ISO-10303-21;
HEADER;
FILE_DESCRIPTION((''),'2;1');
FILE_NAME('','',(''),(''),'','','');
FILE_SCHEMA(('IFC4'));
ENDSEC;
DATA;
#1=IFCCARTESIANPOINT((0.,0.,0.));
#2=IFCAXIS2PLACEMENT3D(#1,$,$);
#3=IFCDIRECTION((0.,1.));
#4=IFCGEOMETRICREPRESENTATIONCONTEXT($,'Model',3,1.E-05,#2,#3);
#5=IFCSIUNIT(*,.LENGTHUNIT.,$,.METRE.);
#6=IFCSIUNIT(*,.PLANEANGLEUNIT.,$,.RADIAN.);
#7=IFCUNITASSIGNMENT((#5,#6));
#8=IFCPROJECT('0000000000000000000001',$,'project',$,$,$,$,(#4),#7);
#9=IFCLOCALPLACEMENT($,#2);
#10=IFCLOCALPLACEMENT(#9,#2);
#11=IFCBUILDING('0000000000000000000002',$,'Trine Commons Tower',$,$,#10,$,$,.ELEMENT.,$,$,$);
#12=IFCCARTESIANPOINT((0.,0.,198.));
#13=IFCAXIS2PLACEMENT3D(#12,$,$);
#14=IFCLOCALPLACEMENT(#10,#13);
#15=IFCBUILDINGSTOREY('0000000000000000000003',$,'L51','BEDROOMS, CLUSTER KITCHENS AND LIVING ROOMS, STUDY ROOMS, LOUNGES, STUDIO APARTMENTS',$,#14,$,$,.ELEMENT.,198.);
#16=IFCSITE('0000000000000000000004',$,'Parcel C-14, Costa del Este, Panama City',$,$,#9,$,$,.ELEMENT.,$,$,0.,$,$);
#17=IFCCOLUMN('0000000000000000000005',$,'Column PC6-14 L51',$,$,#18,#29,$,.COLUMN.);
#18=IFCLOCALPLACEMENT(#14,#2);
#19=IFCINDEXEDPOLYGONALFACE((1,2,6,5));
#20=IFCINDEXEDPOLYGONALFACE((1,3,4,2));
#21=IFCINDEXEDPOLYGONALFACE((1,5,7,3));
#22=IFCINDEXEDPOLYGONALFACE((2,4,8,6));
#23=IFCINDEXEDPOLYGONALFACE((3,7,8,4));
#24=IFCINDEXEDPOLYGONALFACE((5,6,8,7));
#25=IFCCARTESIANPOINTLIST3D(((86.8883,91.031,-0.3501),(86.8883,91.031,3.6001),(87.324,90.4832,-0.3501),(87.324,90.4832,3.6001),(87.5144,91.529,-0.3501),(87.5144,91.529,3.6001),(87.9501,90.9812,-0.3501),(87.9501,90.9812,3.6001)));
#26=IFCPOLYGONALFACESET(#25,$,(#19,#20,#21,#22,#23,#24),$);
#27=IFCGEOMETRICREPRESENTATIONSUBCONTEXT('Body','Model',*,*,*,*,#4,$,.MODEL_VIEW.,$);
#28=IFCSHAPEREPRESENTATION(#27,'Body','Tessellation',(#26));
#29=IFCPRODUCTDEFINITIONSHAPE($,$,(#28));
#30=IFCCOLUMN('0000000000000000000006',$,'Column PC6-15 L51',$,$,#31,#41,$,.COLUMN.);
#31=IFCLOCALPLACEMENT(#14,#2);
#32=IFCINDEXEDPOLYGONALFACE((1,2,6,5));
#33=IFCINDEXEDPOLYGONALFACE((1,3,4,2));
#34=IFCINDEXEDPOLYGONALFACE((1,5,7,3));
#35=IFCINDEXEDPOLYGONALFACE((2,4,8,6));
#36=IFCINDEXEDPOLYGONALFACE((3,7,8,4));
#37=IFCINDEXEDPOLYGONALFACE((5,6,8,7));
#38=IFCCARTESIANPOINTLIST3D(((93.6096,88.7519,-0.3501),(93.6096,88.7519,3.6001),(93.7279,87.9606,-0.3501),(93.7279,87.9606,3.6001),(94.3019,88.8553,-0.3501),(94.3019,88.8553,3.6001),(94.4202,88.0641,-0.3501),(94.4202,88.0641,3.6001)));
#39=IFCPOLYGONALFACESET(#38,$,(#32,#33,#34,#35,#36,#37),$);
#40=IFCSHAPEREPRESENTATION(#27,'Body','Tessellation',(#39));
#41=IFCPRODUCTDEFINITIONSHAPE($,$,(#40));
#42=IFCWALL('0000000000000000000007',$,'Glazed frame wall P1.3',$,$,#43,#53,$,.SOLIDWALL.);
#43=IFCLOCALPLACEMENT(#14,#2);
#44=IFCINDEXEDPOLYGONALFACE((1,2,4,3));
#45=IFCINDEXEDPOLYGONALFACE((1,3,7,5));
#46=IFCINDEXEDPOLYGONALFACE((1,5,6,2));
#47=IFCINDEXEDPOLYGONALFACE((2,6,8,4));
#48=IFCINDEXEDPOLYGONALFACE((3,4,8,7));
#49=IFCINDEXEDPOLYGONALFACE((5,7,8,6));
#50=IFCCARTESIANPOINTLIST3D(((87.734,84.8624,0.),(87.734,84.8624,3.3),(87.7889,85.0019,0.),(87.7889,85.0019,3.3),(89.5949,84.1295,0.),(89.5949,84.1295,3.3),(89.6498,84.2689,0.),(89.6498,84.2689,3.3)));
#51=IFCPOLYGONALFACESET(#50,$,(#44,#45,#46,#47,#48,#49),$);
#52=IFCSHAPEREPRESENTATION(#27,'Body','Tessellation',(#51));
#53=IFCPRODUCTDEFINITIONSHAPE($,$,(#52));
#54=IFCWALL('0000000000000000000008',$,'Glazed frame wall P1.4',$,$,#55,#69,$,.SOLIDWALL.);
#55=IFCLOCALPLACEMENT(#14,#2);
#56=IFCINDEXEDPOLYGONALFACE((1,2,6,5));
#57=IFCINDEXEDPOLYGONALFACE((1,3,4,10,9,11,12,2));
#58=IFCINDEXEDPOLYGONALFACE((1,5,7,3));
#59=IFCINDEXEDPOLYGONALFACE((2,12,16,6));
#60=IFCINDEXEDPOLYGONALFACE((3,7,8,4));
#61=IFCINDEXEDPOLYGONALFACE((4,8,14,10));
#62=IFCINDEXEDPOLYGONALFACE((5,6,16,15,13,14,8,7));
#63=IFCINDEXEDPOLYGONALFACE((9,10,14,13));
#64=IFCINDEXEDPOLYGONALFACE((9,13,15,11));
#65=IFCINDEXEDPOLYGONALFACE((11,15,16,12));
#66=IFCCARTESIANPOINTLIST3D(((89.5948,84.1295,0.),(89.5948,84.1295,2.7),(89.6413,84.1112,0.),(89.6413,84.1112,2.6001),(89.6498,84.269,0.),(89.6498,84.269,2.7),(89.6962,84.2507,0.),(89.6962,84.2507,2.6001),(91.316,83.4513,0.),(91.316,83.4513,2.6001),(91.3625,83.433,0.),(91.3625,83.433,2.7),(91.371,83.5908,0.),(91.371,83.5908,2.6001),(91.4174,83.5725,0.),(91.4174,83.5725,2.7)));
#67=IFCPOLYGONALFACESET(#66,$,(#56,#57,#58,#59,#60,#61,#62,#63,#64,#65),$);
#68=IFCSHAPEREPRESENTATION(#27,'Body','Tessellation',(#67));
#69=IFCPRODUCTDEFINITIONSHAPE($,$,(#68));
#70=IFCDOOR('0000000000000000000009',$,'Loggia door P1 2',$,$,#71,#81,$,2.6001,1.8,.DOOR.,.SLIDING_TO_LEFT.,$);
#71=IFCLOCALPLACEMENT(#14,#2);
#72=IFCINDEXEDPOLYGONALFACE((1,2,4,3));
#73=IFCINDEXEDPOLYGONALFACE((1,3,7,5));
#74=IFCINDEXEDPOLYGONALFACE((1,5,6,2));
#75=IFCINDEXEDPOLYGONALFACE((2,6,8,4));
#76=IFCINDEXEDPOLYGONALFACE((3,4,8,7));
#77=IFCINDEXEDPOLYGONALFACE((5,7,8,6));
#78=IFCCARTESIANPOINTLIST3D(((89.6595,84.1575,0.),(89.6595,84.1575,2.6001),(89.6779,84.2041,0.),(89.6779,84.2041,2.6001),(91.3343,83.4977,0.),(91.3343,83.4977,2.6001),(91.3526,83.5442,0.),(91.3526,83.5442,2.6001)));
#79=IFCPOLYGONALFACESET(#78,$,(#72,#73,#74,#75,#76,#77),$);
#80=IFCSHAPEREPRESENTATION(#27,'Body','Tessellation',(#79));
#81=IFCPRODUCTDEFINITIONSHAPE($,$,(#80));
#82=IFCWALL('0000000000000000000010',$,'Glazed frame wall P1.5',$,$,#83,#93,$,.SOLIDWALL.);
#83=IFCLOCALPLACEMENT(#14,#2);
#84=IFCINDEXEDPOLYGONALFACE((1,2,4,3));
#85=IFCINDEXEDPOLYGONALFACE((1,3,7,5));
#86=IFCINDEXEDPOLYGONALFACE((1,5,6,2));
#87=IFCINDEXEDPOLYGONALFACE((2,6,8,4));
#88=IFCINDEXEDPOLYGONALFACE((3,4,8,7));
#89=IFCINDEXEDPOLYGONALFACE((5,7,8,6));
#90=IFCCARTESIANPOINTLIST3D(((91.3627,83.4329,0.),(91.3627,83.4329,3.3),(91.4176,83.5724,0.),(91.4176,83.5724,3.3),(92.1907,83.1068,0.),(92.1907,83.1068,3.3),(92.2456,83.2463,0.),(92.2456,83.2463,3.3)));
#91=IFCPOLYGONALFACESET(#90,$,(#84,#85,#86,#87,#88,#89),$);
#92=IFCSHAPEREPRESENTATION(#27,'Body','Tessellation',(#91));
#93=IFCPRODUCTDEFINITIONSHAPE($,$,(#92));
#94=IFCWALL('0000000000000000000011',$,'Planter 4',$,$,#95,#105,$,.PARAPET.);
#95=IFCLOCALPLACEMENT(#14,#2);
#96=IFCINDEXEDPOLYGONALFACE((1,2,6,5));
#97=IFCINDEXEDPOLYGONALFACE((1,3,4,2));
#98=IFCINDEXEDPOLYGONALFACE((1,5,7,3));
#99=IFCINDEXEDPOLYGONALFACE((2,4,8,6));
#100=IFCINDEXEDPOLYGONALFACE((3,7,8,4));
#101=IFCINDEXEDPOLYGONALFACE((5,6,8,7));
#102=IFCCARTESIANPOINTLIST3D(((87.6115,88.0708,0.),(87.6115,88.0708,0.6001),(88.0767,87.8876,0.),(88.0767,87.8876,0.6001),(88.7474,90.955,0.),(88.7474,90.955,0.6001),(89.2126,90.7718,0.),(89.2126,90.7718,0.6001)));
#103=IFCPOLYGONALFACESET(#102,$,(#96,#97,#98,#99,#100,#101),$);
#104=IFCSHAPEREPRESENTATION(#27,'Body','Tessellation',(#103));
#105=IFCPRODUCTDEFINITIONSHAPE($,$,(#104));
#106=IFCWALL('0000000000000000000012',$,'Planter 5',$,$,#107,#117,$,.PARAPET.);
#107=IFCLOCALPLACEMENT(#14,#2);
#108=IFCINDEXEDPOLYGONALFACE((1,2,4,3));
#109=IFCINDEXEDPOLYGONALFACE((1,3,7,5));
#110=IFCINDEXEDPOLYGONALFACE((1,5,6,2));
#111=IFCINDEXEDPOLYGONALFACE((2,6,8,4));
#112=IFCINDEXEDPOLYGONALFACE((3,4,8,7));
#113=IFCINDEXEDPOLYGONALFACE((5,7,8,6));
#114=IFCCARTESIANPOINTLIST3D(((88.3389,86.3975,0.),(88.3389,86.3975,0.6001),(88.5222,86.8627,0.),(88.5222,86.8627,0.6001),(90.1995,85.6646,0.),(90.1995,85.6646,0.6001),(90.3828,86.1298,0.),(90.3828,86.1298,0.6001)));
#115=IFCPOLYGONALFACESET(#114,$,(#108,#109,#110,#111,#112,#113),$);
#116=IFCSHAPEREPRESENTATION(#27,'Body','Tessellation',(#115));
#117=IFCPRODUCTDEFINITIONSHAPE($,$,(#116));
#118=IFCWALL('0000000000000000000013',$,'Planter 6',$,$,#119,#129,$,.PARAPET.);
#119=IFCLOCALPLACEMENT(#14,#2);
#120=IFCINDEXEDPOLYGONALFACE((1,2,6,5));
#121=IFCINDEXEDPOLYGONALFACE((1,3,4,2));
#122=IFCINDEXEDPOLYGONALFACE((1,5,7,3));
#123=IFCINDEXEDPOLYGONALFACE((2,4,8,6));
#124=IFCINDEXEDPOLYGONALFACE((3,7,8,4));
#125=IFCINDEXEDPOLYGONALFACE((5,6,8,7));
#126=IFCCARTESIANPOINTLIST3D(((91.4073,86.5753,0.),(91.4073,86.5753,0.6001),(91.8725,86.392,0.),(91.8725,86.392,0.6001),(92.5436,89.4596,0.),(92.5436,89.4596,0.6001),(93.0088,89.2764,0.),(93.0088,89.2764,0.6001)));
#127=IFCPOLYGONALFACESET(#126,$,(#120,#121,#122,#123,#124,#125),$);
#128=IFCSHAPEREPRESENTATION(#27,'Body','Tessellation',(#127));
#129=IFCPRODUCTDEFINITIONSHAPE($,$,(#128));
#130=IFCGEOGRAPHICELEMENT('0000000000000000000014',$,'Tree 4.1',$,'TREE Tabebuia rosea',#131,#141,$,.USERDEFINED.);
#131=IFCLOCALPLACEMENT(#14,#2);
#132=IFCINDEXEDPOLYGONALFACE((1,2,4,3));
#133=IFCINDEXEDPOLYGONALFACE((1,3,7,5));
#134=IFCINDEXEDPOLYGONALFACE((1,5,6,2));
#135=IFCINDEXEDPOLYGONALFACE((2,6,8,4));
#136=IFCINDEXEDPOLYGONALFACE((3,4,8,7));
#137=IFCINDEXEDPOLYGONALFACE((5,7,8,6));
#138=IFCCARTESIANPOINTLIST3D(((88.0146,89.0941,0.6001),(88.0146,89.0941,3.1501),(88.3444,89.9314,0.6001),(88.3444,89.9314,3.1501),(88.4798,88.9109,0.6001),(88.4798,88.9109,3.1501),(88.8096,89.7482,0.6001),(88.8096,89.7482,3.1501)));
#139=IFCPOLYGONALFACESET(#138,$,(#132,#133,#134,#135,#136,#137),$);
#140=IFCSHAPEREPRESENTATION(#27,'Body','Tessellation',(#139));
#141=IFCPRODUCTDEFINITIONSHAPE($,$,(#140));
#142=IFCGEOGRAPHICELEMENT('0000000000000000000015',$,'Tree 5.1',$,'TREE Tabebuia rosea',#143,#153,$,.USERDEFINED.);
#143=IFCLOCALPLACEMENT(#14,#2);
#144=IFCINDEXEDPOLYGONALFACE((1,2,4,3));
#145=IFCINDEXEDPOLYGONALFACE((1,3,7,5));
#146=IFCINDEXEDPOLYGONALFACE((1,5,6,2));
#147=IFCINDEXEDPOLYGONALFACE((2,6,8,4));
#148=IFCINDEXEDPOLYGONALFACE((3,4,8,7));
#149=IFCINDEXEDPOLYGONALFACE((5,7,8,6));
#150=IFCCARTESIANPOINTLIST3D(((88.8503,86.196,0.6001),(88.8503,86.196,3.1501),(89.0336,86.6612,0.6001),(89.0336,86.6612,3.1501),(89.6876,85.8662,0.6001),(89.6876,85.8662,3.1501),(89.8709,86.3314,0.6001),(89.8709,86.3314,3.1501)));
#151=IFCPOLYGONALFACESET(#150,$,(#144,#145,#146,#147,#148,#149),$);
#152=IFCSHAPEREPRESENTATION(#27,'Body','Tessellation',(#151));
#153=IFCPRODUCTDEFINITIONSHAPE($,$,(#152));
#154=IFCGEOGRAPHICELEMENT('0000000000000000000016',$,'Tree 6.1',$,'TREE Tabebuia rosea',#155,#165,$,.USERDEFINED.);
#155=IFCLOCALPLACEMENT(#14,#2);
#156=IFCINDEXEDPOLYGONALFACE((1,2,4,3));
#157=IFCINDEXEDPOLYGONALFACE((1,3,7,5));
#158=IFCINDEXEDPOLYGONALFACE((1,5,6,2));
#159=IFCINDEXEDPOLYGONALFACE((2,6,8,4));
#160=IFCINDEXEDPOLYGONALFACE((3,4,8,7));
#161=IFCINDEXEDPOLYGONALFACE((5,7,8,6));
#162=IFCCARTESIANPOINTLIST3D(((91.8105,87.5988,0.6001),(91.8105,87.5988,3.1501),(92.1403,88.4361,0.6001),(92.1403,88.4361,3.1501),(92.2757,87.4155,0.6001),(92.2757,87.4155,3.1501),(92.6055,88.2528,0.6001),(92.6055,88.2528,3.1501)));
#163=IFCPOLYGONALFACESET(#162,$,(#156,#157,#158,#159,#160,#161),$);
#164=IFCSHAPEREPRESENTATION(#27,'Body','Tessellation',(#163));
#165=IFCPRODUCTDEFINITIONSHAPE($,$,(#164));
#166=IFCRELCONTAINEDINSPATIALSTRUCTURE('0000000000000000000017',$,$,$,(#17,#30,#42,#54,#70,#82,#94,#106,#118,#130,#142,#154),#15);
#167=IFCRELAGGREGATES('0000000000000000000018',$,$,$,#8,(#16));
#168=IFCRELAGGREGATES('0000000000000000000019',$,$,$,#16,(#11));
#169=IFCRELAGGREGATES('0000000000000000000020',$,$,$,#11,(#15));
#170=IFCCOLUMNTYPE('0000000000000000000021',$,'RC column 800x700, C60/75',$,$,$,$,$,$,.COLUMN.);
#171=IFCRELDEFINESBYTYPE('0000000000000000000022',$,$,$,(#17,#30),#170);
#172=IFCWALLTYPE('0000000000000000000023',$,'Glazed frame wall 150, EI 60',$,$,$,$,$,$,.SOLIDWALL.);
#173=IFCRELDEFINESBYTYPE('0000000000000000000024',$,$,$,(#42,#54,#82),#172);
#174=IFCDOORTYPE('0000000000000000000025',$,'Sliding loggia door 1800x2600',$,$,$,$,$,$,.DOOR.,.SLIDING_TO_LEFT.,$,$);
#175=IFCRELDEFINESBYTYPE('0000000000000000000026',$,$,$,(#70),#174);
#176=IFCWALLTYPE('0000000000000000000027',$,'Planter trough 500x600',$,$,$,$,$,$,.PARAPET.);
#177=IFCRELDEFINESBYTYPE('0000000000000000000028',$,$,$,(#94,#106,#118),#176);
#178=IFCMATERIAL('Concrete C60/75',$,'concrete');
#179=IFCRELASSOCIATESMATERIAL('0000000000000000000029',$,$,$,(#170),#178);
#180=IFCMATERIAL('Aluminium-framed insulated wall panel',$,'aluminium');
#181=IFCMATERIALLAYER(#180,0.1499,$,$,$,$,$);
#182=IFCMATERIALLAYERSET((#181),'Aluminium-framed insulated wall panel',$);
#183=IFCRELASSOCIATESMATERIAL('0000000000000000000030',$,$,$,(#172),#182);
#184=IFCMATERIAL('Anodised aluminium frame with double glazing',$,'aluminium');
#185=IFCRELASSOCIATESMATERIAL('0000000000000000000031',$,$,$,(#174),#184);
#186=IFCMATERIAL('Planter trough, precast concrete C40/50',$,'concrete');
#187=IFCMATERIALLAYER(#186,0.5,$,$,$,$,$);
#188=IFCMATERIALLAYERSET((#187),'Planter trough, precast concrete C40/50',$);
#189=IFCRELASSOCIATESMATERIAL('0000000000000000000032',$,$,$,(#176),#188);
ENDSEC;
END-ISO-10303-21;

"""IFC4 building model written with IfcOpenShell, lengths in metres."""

from ifc_helpers import new_model, si_unit, direction, frame, frame_2d, origin, origin_2d, place, context, subcontext, project, spatial, polyline, rectangle, outline, extrude, material, layer, layer_set, material_profile, profile_set, type_object, element, fill, save


model = new_model("IFC4")

# Units and contexts
model_context = context("Model", 3, precision=1e-05, world=origin(), true_north=direction((0.0, 1.0)))
body_context = subcontext(model_context, "Body", "Model", "MODEL_VIEW")
ifc_project = project(units=[si_unit("LENGTHUNIT", "METRE"), si_unit("PLANEANGLEUNIT", "RADIAN")], contexts=[model_context])

# Site, building, storey
site_placement = place(None, origin())
site = spatial("IfcSite", under=ifc_project, at=site_placement, Name="Parcel C-14, Costa del Este, Panama City", CompositionType="ELEMENT", RefElevation=0.0)
building_placement = place(site_placement, origin())
building = spatial("IfcBuilding", under=site, at=building_placement, Name="Trine Commons Tower", CompositionType="ELEMENT")
storey_placement = place(building_placement, frame((0.0, 0.0, 198.0)))
storey = spatial("IfcBuildingStorey", under=building, at=storey_placement, Name="L51", Description="BEDROOMS, CLUSTER KITCHENS AND LIVING ROOMS, STUDY ROOMS, LOUNGES, STUDIO APARTMENTS", CompositionType="ELEMENT", Elevation=198.0)

# Columns
ifc_material_1 = material(Name="Concrete C60/75", Category="concrete")
ifc_material_profile = material_profile(ifc_material_1, rectangle(XDim=0.8, YDim=0.7, at=origin_2d()), Name="RC 800x700")
ifc_profile_set = profile_set([ifc_material_profile], Name="Concrete C60/75")
column_type = type_object("IfcColumnType", Name="RC column 800x700, C60/75", PredefinedType="COLUMN", material=ifc_profile_set)
for number, where, z_axis, x_axis, name in (
    (1, (87.4192, 91.0061, -0.3501), (0.0, 0.0, 1.0), (0.782608, 0.622515, 0.0), "Column PC6-14 L51"),
    (2, (94.0149, 88.408, -0.3501), (0.0, 0.0, 1.0), (-0.147809, 0.989016, 0.0), "Column PC6-15 L51"),
):
    element("IfcColumn", number, at=place(storey_placement, frame(where, z_axis=z_axis, x_axis=x_axis)), inside=storey, type_object=column_type, Name=name, PredefinedType="COLUMN", context=body_context, shape_type="SweptSolid", body=[
        extrude(rectangle(XDim=0.8, YDim=0.7, at=origin_2d()), origin(), (0.0, 0.0, 1.0), 3.9502),
    ])

# Wall
ifc_material_2 = material(Name="Aluminium-framed insulated wall panel", Category="aluminium")
ifc_layer_1 = layer(ifc_material_2, 0.1499)
ifc_layer_set_1 = layer_set([ifc_layer_1], Name="Aluminium-framed insulated wall panel")
wall_type_1 = type_object("IfcWallType", Name="Glazed frame wall 150, EI 60", PredefinedType="SOLIDWALL", material=ifc_layer_set_1)
wall_1_placement = place(storey_placement, frame((87.7615, 84.9321, 0.0), z_axis=(0.0, 0.0, 1.0), x_axis=(0.930434, -0.36646, 0.0)))
element("IfcWall", 3, at=wall_1_placement, inside=storey, type_object=wall_type_1, Name="Glazed frame wall P1.3", PredefinedType="SOLIDWALL", context=body_context, shape_type="SweptSolid", body=[
    extrude(outline(polyline([(0.0, -0.075), (2.0, -0.075), (2.0, 0.075), (0.0, 0.075), (0.0, -0.075)])), origin(), (0.0, 0.0, 1.0), 3.3),
])

# Wall, opening, door
wall_2_placement = place(storey_placement, frame((89.6223, 84.1992, 0.0), z_axis=(0.0, 0.0, 1.0), x_axis=(0.930387, -0.366578, 0.0)))
wall_2 = element("IfcWall", 4, at=wall_2_placement, inside=storey, type_object=wall_type_1, Name="Glazed frame wall P1.4", PredefinedType="SOLIDWALL", context=body_context, shape_type="SweptSolid", body=[
    extrude(outline(polyline([(0.0, -0.075), (1.8999, -0.075), (1.8999, 0.075), (0.0, 0.075), (0.0, -0.075)])), origin(), (0.0, 0.0, 1.0), 2.7),
])
opening_1_placement = place(wall_2_placement, frame((0.05, 0.0, 0.0)))
opening_1 = element("IfcOpeningElement", 5, at=opening_1_placement, cuts=wall_2, PredefinedType="OPENING", context=body_context, shape_type="SweptSolid", body=[
    extrude(rectangle(XDim=1.8, YDim=2.6001, at=frame_2d((0.8999, 1.3))), frame((0.0, 0.085, 0.0), z_axis=(0.0, -1.0, 0.0), x_axis=(1.0, 0.0, 0.0)), (0.0, 0.0, 1.0), 0.1699),
])
ifc_material_3 = material(Name="Anodised aluminium frame with double glazing", Category="aluminium")
door_type = type_object("IfcDoorType", Name="Sliding loggia door 1800x2600", OperationType="SLIDING_TO_LEFT", PredefinedType="DOOR", material=ifc_material_3)
door_1_placement = place(opening_1_placement, origin())
door_1 = element("IfcDoor", 6, at=door_1_placement, inside=storey, type_object=door_type, Name="Loggia door P1 2", OperationType="SLIDING_TO_LEFT", OverallHeight=2.6001, OverallWidth=1.8, PredefinedType="DOOR", context=body_context, shape_type="SweptSolid", body=[
    extrude(rectangle(XDim=1.8, YDim=2.6001, at=frame_2d((0.8999, 1.3))), frame((0.0, 0.0249, 0.0), z_axis=(0.0, -1.0, 0.0), x_axis=(1.0, 0.0, 0.0)), (0.0, 0.0, 1.0), 0.05),
])
fill(opening_1, door_1)

# Wall
wall_3_placement = place(storey_placement, frame((91.3901, 83.5027, 0.0), z_axis=(0.0, 0.0, 1.0), x_axis=(0.930434, -0.36646, 0.0)))
element("IfcWall", 7, at=wall_3_placement, inside=storey, type_object=wall_type_1, Name="Glazed frame wall P1.5", PredefinedType="SOLIDWALL", context=body_context, shape_type="SweptSolid", body=[
    extrude(outline(polyline([(0.8899, 0.075), (0.0, 0.075), (0.0, -0.075), (0.8899, -0.075), (0.8899, 0.075)])), origin(), (0.0, 0.0, 1.0), 3.3),
])

# Walls
ifc_material_4 = material(Name="Planter trough, precast concrete C40/50", Category="concrete")
ifc_layer_2 = layer(ifc_material_4, 0.5)
ifc_layer_set_2 = layer_set([ifc_layer_2], Name="Planter trough, precast concrete C40/50")
wall_type_2 = type_object("IfcWallType", Name="Planter trough 500x600", PredefinedType="PARAPET", material=ifc_layer_set_2)
wall_4_placement = place(storey_placement, frame((88.98, 90.8633, 0.0), z_axis=(0.0, 0.0, 1.0), x_axis=(-0.366456, -0.930435, 0.0)))
element("IfcWall", 8, at=wall_4_placement, inside=storey, type_object=wall_type_2, Name="Planter 4", PredefinedType="PARAPET", context=body_context, shape_type="SweptSolid", body=[
    extrude(rectangle(XDim=3.0999, YDim=0.5, at=frame_2d((1.5498, 0.0))), origin(), (0.0, 0.0, 1.0), 0.6001),
])
wall_5_placement = place(storey_placement, frame((88.4304, 86.6301, 0.0), z_axis=(0.0, 0.0, 1.0), x_axis=(0.930417, -0.366502, 0.0)))
element("IfcWall", 9, at=wall_5_placement, inside=storey, type_object=wall_type_2, Name="Planter 5", PredefinedType="PARAPET", context=body_context, shape_type="SweptSolid", body=[
    extrude(rectangle(XDim=1.9998, YDim=0.5, at=frame_2d((1.0, 0.0))), origin(), (0.0, 0.0, 1.0), 0.6001),
])
wall_6_placement = place(storey_placement, frame((91.6399, 86.4836, 0.0), z_axis=(0.0, 0.0, 1.0), x_axis=(0.366525, 0.930408, 0.0)))
element("IfcWall", 10, at=wall_6_placement, inside=storey, type_object=wall_type_2, Name="Planter 6", PredefinedType="PARAPET", context=body_context, shape_type="SweptSolid", body=[
    extrude(rectangle(XDim=3.1001, YDim=0.5, at=frame_2d((1.55, 0.0))), origin(), (0.0, 0.0, 1.0), 0.6001),
])

# Geographic elements
for number, where, z_axis, x_axis, name in (
    (11, (88.4121, 89.4211, 0.6001), (0.0, 0.0, 1.0), (-0.366495, -0.93042, 0.0), "Tree 4.1"),
    (12, (89.3606, 86.2637, 0.6001), (0.0, 0.0, 1.0), (0.930417, -0.366503, 0.0), "Tree 5.1"),
    (13, (92.208, 87.9258, 0.6001), (0.0, 0.0, 1.0), (0.366521, 0.93041, 0.0), "Tree 6.1"),
):
    element("IfcGeographicElement", number, at=place(storey_placement, frame(where, z_axis=z_axis, x_axis=x_axis)), inside=storey, Name=name, ObjectType="TREE Tabebuia rosea", PredefinedType="USERDEFINED", context=body_context, shape_type="SweptSolid", body=[
        extrude(rectangle(XDim=0.8999, YDim=0.5, at=origin_2d()), origin(), (0.0, 0.0, 1.0), 2.55),
    ])

save(model, "model.ifc")
